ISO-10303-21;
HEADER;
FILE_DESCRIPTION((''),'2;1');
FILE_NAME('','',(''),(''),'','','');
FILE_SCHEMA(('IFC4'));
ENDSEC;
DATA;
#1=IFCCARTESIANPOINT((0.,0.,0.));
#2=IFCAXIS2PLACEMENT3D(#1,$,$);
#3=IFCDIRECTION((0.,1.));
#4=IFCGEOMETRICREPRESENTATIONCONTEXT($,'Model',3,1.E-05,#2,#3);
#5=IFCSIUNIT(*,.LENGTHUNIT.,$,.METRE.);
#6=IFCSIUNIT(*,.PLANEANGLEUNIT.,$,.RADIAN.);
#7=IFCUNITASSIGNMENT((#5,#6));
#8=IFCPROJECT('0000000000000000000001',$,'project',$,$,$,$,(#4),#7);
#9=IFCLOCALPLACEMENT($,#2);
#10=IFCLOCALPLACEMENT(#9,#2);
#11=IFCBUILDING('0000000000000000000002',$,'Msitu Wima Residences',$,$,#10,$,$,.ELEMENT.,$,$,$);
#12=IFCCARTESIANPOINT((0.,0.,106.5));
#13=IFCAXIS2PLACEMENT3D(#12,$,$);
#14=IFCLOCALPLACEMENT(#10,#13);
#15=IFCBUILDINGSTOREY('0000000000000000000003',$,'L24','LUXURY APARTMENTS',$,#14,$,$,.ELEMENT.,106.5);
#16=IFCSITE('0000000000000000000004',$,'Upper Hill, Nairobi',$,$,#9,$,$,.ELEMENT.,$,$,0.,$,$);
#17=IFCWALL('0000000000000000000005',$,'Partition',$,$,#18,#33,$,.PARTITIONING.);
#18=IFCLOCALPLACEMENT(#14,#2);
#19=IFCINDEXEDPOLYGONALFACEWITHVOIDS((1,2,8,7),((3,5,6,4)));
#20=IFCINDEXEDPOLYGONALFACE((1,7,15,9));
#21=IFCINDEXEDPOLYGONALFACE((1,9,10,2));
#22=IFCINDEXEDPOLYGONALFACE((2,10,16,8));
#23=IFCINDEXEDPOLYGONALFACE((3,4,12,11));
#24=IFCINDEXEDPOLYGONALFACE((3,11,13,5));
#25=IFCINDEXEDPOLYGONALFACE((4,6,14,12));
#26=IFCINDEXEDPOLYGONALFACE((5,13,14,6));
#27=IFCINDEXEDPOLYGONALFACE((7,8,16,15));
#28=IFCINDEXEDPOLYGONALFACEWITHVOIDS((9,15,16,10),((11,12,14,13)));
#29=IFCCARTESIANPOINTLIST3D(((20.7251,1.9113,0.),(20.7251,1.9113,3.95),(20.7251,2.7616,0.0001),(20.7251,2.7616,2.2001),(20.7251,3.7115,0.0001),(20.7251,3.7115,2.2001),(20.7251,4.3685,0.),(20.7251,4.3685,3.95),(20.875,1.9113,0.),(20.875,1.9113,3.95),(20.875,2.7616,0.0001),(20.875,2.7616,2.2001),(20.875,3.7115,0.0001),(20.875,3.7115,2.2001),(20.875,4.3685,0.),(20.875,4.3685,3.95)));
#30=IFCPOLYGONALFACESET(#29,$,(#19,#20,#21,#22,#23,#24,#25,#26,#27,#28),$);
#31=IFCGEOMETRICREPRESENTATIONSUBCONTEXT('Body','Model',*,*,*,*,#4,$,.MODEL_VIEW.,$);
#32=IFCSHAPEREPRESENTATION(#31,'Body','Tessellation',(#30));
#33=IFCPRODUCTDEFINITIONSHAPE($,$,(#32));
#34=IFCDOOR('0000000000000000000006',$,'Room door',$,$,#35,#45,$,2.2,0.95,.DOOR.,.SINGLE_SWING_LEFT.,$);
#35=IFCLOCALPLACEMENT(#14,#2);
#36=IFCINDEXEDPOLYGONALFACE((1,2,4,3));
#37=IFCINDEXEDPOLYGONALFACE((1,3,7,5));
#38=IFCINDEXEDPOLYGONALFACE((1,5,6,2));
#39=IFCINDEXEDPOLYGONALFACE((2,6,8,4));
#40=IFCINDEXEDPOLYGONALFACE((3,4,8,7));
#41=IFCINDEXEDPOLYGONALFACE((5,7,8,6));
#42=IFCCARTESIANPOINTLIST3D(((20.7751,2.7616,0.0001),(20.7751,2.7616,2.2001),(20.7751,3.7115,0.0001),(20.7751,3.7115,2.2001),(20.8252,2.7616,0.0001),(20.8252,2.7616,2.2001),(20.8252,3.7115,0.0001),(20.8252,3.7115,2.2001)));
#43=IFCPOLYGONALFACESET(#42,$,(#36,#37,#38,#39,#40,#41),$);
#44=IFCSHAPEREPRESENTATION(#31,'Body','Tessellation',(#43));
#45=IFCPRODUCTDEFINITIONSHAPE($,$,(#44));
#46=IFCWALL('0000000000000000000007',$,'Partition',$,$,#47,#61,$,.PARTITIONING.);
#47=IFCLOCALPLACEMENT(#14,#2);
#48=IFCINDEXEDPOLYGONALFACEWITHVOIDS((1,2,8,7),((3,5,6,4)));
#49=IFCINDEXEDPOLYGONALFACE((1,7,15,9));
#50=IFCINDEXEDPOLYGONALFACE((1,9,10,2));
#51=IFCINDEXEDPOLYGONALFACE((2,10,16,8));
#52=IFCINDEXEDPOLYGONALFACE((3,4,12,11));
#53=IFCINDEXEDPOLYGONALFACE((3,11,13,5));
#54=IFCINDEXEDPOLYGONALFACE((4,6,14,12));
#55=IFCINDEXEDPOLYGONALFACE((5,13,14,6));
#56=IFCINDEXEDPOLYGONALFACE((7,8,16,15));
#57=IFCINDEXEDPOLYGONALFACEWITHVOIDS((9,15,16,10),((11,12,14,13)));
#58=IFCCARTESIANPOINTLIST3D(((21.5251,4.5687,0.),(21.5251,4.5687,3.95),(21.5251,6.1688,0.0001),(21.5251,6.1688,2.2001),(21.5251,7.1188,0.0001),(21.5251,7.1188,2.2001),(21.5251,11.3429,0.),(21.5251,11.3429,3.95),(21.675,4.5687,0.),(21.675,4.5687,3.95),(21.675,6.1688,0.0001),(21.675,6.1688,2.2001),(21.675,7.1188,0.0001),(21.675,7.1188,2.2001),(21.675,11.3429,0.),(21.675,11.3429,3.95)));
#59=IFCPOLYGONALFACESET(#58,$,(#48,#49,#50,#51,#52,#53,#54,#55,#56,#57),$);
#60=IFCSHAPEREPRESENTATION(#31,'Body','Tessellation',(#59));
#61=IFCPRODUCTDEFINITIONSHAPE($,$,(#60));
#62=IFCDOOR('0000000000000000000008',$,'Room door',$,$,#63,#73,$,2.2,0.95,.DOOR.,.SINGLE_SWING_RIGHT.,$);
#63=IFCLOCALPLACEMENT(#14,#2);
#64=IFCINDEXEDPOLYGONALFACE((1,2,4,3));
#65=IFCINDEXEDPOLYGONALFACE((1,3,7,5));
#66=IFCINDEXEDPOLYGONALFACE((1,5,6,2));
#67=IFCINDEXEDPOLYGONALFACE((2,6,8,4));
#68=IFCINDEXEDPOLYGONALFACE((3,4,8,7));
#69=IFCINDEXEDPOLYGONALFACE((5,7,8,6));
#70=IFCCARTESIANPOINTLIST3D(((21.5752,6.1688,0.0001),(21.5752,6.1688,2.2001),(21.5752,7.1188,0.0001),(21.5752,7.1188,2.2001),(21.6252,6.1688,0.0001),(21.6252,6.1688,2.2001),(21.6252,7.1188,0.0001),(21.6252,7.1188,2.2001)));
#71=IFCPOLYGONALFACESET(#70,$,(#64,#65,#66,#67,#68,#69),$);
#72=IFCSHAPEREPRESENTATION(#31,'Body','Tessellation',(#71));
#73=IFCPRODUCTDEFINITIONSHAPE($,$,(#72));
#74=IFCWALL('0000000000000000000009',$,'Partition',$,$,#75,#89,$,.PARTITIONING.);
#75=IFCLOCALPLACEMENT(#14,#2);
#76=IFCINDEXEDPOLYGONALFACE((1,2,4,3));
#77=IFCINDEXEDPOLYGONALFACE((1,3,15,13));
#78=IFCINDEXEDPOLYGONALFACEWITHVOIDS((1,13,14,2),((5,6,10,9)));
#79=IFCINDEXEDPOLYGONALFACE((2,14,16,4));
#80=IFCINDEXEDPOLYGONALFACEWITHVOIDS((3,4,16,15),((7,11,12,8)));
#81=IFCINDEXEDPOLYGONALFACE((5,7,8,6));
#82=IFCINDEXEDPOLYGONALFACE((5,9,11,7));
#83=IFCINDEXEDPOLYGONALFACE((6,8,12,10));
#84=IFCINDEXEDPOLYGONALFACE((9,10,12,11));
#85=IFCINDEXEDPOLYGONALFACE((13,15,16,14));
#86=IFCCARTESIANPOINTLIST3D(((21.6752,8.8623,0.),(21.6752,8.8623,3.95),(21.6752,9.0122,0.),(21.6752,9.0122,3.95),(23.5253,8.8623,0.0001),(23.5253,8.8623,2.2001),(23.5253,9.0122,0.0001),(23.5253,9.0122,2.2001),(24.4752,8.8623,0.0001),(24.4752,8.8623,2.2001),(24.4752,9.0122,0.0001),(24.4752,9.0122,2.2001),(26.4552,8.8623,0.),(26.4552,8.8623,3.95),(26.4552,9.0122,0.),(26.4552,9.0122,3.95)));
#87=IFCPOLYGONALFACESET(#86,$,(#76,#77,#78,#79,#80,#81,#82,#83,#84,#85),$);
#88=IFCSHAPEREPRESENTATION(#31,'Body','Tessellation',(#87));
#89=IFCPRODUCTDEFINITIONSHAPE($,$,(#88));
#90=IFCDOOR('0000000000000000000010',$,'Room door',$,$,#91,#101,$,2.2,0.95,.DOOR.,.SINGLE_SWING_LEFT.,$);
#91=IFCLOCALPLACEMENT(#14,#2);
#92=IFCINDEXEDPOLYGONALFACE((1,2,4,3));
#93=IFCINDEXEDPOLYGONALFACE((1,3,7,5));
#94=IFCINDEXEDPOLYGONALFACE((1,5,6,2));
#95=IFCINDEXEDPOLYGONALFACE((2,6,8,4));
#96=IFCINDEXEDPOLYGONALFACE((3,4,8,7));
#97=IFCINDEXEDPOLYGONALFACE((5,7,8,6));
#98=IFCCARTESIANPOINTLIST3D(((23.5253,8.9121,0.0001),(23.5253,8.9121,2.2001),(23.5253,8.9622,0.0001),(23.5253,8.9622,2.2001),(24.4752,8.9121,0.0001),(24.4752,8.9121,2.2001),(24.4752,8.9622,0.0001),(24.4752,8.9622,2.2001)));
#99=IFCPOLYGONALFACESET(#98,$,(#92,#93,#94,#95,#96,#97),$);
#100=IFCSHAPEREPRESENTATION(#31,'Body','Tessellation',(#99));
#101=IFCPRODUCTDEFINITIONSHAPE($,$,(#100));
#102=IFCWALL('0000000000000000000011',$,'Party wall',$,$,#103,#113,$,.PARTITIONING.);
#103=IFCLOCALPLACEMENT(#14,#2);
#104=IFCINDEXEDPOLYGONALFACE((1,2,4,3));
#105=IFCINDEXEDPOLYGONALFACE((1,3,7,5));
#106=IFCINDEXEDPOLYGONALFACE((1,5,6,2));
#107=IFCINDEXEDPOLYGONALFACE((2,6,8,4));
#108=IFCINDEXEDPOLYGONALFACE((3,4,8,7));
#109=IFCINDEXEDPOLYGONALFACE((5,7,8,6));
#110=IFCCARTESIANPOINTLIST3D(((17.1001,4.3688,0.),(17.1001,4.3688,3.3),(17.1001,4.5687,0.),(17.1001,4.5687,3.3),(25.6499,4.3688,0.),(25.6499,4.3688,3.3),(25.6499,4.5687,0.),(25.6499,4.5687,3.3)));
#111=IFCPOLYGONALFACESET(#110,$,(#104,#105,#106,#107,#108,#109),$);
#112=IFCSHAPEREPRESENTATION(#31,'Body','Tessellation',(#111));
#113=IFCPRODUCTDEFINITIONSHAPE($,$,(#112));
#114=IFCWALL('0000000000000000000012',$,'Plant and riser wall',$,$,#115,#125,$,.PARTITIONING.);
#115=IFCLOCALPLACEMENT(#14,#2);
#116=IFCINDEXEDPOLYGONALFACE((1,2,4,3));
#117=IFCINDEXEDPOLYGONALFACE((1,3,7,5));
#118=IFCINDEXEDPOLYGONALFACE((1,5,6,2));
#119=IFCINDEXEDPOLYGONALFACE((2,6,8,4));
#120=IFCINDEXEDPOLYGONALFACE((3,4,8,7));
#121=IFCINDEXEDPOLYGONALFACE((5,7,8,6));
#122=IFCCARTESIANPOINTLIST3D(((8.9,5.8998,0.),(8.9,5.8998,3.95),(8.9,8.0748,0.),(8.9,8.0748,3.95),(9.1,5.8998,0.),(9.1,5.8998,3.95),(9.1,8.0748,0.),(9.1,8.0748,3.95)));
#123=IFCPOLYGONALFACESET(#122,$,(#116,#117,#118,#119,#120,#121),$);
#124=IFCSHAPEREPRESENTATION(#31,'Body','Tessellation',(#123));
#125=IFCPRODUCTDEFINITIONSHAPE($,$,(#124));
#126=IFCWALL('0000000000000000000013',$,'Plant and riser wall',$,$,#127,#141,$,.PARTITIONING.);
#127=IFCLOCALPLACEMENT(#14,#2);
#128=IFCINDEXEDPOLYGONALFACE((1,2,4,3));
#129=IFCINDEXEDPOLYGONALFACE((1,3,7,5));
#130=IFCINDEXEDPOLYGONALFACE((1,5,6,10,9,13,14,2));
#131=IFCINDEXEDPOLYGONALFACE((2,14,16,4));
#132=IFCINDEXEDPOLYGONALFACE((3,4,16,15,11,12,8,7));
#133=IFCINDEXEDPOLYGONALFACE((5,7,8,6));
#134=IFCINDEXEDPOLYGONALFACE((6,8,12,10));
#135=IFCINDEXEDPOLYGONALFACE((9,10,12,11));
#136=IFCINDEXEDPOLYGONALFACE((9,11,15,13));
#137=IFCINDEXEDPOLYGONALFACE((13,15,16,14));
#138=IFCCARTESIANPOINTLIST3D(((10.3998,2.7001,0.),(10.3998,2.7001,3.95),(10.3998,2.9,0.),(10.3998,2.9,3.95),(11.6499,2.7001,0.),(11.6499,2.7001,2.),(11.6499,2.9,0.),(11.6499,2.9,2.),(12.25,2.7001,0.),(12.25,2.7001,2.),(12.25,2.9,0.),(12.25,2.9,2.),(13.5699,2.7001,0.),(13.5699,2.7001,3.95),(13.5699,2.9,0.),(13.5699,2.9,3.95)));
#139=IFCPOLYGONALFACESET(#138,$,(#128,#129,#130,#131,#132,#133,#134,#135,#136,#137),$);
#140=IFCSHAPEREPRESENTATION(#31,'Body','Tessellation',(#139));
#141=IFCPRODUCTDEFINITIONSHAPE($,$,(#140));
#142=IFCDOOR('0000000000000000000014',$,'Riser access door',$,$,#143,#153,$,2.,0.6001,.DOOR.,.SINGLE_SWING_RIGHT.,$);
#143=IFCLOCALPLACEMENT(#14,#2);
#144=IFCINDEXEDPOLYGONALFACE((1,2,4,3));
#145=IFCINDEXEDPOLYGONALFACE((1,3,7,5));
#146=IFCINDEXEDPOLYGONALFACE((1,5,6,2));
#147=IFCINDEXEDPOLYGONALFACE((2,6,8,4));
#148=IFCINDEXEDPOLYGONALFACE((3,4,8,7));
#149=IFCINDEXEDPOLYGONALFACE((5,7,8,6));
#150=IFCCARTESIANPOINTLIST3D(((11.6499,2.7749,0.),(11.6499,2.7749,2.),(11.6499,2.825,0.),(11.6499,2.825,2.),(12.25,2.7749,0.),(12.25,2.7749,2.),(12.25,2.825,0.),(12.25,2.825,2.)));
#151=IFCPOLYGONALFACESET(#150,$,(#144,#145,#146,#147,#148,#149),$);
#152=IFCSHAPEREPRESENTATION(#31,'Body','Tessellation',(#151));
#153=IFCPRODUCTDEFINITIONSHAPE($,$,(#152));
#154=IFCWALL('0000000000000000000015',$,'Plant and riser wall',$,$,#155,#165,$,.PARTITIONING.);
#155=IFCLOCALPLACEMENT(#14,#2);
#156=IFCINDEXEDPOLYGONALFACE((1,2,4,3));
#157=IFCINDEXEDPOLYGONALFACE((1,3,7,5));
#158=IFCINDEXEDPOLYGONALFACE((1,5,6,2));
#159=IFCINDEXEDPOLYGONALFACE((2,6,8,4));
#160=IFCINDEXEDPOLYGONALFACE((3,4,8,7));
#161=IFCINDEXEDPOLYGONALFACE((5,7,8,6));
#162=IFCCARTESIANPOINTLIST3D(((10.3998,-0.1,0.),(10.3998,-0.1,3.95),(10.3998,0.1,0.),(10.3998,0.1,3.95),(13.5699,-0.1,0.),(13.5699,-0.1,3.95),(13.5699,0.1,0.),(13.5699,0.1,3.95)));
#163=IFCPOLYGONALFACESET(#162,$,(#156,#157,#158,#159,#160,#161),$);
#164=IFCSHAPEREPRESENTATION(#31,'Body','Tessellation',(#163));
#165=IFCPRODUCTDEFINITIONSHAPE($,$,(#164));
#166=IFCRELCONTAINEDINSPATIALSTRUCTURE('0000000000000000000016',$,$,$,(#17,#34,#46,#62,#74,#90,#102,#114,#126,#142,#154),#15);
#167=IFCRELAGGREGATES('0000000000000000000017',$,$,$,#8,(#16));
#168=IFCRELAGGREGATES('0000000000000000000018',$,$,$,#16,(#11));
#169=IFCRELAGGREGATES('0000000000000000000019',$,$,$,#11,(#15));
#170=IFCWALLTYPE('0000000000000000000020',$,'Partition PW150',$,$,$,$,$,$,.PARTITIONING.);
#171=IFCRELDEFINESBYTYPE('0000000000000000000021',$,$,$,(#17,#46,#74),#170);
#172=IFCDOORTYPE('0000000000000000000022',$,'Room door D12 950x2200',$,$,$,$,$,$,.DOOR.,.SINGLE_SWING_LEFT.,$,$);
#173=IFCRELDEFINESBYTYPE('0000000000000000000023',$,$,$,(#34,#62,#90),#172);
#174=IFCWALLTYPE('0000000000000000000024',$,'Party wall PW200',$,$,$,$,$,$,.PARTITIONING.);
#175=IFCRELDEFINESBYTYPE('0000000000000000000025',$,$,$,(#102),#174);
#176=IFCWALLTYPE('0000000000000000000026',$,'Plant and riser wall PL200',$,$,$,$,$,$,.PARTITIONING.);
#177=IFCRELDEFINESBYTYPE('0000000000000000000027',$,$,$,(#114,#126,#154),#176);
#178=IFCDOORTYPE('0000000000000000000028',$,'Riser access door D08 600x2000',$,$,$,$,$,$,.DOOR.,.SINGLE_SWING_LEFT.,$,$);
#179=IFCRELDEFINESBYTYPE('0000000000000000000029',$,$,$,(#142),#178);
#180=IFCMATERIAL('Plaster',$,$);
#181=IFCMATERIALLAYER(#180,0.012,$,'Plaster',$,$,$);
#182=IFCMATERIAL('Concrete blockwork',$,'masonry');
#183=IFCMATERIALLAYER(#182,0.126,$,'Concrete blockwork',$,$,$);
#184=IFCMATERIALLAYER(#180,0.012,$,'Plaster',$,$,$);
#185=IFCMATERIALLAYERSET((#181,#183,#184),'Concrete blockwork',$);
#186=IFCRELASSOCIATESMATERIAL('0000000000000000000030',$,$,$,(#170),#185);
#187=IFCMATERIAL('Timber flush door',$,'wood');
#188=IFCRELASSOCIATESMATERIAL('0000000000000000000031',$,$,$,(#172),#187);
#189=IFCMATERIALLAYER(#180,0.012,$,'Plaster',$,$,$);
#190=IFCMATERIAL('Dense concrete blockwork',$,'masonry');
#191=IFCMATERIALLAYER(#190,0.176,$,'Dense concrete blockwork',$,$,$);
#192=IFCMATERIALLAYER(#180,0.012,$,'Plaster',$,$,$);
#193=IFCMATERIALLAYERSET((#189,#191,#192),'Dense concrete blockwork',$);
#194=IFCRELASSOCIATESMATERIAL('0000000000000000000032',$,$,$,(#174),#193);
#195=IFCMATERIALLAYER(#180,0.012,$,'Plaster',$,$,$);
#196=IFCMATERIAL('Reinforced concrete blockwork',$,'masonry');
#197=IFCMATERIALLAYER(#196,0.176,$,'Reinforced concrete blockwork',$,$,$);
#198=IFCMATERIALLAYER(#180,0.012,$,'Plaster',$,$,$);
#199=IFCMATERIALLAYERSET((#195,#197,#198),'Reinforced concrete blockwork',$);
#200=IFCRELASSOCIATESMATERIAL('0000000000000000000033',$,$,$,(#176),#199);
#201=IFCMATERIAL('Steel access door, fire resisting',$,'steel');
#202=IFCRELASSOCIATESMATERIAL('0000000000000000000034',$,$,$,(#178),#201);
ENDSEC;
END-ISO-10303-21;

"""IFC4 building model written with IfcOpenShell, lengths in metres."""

from ifc_helpers import new_model, si_unit, direction, frame, frame_2d, origin, place, context, subcontext, project, spatial, rectangle, extrude, material, layer, layer_set, type_object, element, fill, save


model = new_model("IFC4")

# Units and contexts
model_context = context("Model", 3, precision=1e-05, world=origin(), true_north=direction((0.0, 1.0)))
body_context = subcontext(model_context, "Body", "Model", "MODEL_VIEW")
ifc_project = project(units=[si_unit("LENGTHUNIT", "METRE"), si_unit("PLANEANGLEUNIT", "RADIAN")], contexts=[model_context])

# Site, building, storey
site_placement = place(None, origin())
site = spatial("IfcSite", under=ifc_project, at=site_placement, Name="Upper Hill, Nairobi", CompositionType="ELEMENT", RefElevation=0.0)
building_placement = place(site_placement, origin())
building = spatial("IfcBuilding", under=site, at=building_placement, Name="Msitu Wima Residences", CompositionType="ELEMENT")
storey_placement = place(building_placement, frame((0.0, 0.0, 106.5)))
storey = spatial("IfcBuildingStorey", under=building, at=storey_placement, Name="L24", Description="LUXURY APARTMENTS", CompositionType="ELEMENT", Elevation=106.5)

# Walls, openings, doors
ifc_material_1 = material(Name="Plaster")
ifc_material_2 = material(Name="Concrete blockwork", Category="masonry")
ifc_material_3 = material(Name="Timber flush door", Category="wood")
ifc_layer_1 = layer(ifc_material_1, 0.012, Name="Plaster")
ifc_layer_2 = layer(ifc_material_2, 0.126, Name="Concrete blockwork")
ifc_layer_3 = layer(ifc_material_1, 0.012, Name="Plaster")
ifc_layer_set_1 = layer_set([ifc_layer_1, ifc_layer_2, ifc_layer_3], Name="Concrete blockwork")
wall_type_1 = type_object("IfcWallType", Name="Partition PW150", PredefinedType="PARTITIONING", material=ifc_layer_set_1)
wall_1_placement = place(storey_placement, frame((20.8, 1.9114, 0.0), z_axis=(0.0, 0.0, 1.0), x_axis=(0.0, 1.0, 0.0)))
wall_1 = element("IfcWall", 1, at=wall_1_placement, inside=storey, type_object=wall_type_1, Name="Partition", PredefinedType="PARTITIONING", context=body_context, shape_type="SweptSolid", body=[
    extrude(rectangle(XDim=2.4573, YDim=0.1499, at=frame_2d((1.2285, 0.0))), origin(), (0.0, 0.0, 1.0), 3.95),
])
opening_1_placement = place(wall_1_placement, frame((0.8501, 0.0, 0.0)))
opening_1 = element("IfcOpeningElement", 2, at=opening_1_placement, cuts=wall_1, PredefinedType="OPENING", context=body_context, shape_type="SweptSolid", body=[
    extrude(rectangle(XDim=0.95, YDim=2.2, at=frame_2d((0.4751, 1.1001))), frame((0.0, 0.085, 0.0), z_axis=(0.0, -1.0, 0.0), x_axis=(1.0, 0.0, 0.0)), (0.0, 0.0, 1.0), 0.1699),
])
door_type_1 = type_object("IfcDoorType", Name="Room door D12 950x2200", OperationType="SINGLE_SWING_LEFT", PredefinedType="DOOR", material=ifc_material_3)
door_1_placement = place(opening_1_placement, origin())
door_1 = element("IfcDoor", 3, at=door_1_placement, inside=storey, type_object=door_type_1, Name="Room door", OperationType="SINGLE_SWING_LEFT", OverallHeight=2.2, OverallWidth=0.95, PredefinedType="DOOR", context=body_context, shape_type="SweptSolid", body=[
    extrude(rectangle(XDim=0.95, YDim=2.2, at=frame_2d((0.4751, 1.1001))), frame((0.0, 0.0249, 0.0), z_axis=(0.0, -1.0, 0.0), x_axis=(1.0, 0.0, 0.0)), (0.0, 0.0, 1.0), 0.05),
])
fill(opening_1, door_1)
wall_2_placement = place(storey_placement, frame((21.6001, 4.5686, 0.0), z_axis=(0.0, 0.0, 1.0), x_axis=(0.0, 1.0, 0.0)))
wall_2 = element("IfcWall", 4, at=wall_2_placement, inside=storey, type_object=wall_type_1, Name="Partition", PredefinedType="PARTITIONING", context=body_context, shape_type="SweptSolid", body=[
    extrude(rectangle(XDim=6.7742, YDim=0.1499, at=frame_2d((3.3872, 0.0))), origin(), (0.0, 0.0, 1.0), 3.95),
])
opening_2_placement = place(wall_2_placement, frame((1.6001, 0.0, 0.0)))
opening_2 = element("IfcOpeningElement", 5, at=opening_2_placement, cuts=wall_2, PredefinedType="OPENING", context=body_context, shape_type="SweptSolid", body=[
    extrude(rectangle(XDim=0.95, YDim=2.2, at=frame_2d((0.4751, 1.1001))), frame((0.0, 0.085, 0.0), z_axis=(0.0, -1.0, 0.0), x_axis=(1.0, 0.0, 0.0)), (0.0, 0.0, 1.0), 0.1699),
])
door_2_placement = place(opening_2_placement, origin())
door_2 = element("IfcDoor", 6, at=door_2_placement, inside=storey, type_object=door_type_1, Name="Room door", OperationType="SINGLE_SWING_RIGHT", OverallHeight=2.2, OverallWidth=0.95, PredefinedType="DOOR", context=body_context, shape_type="SweptSolid", body=[
    extrude(rectangle(XDim=0.95, YDim=2.2, at=frame_2d((0.4751, 1.1001))), frame((0.0, 0.0249, 0.0), z_axis=(0.0, -1.0, 0.0), x_axis=(1.0, 0.0, 0.0)), (0.0, 0.0, 1.0), 0.05),
])
fill(opening_2, door_2)
wall_3_placement = place(storey_placement, frame((21.675, 8.9373, 0.0), z_axis=(0.0, 0.0, 1.0), x_axis=(1.0, 0.0, 0.0)))
wall_3 = element("IfcWall", 7, at=wall_3_placement, inside=storey, type_object=wall_type_1, Name="Partition", PredefinedType="PARTITIONING", context=body_context, shape_type="SweptSolid", body=[
    extrude(rectangle(XDim=4.78, YDim=0.1499, at=frame_2d((2.3901, 0.0))), origin(), (0.0, 0.0, 1.0), 3.95),
])
opening_3_placement = place(wall_3_placement, frame((1.8501, 0.0, 0.0)))
opening_3 = element("IfcOpeningElement", 8, at=opening_3_placement, cuts=wall_3, PredefinedType="OPENING", context=body_context, shape_type="SweptSolid", body=[
    extrude(rectangle(XDim=0.95, YDim=2.2, at=frame_2d((0.4751, 1.1001))), frame((0.0, 0.085, 0.0), z_axis=(0.0, -1.0, 0.0), x_axis=(1.0, 0.0, 0.0)), (0.0, 0.0, 1.0), 0.1699),
])
door_3_placement = place(opening_3_placement, origin())
door_3 = element("IfcDoor", 9, at=door_3_placement, inside=storey, type_object=door_type_1, Name="Room door", OperationType="SINGLE_SWING_LEFT", OverallHeight=2.2, OverallWidth=0.95, PredefinedType="DOOR", context=body_context, shape_type="SweptSolid", body=[
    extrude(rectangle(XDim=0.95, YDim=2.2, at=frame_2d((0.4751, 1.1001))), frame((0.0, 0.0249, 0.0), z_axis=(0.0, -1.0, 0.0), x_axis=(1.0, 0.0, 0.0)), (0.0, 0.0, 1.0), 0.05),
])
fill(opening_3, door_3)

# Walls
ifc_layer_4 = layer(ifc_material_1, 0.012, Name="Plaster")
ifc_material_4 = material(Name="Dense concrete blockwork", Category="masonry")
ifc_layer_5 = layer(ifc_material_4, 0.176, Name="Dense concrete blockwork")
ifc_layer_6 = layer(ifc_material_1, 0.012, Name="Plaster")
ifc_layer_set_2 = layer_set([ifc_layer_4, ifc_layer_5, ifc_layer_6], Name="Dense concrete blockwork")
wall_type_2 = type_object("IfcWallType", Name="Party wall PW200", PredefinedType="PARTITIONING", material=ifc_layer_set_2)
wall_4_placement = place(storey_placement, frame((17.1001, 4.4688, 0.0), z_axis=(0.0, 0.0, 1.0), x_axis=(1.0, 0.0, 0.0)))
element("IfcWall", 10, at=wall_4_placement, inside=storey, type_object=wall_type_2, Name="Party wall", PredefinedType="PARTITIONING", context=body_context, shape_type="SweptSolid", body=[
    extrude(rectangle(XDim=8.5498, YDim=0.2, at=frame_2d((4.2749, 0.0))), origin(), (0.0, 0.0, 1.0), 3.3),
])
ifc_layer_7 = layer(ifc_material_1, 0.012, Name="Plaster")
ifc_material_5 = material(Name="Reinforced concrete blockwork", Category="masonry")
ifc_layer_8 = layer(ifc_material_5, 0.176, Name="Reinforced concrete blockwork")
ifc_layer_9 = layer(ifc_material_1, 0.012, Name="Plaster")
ifc_layer_set_3 = layer_set([ifc_layer_7, ifc_layer_8, ifc_layer_9], Name="Reinforced concrete blockwork")
wall_type_3 = type_object("IfcWallType", Name="Plant and riser wall PL200", PredefinedType="PARTITIONING", material=ifc_layer_set_3)
wall_5_placement = place(storey_placement, frame((9.0, 5.8999, 0.0), z_axis=(0.0, 0.0, 1.0), x_axis=(0.0, 1.0, 0.0)))
element("IfcWall", 11, at=wall_5_placement, inside=storey, type_object=wall_type_3, Name="Plant and riser wall", PredefinedType="PARTITIONING", context=body_context, shape_type="SweptSolid", body=[
    extrude(rectangle(XDim=2.175, YDim=0.2, at=frame_2d((1.0874, 0.0))), origin(), (0.0, 0.0, 1.0), 3.95),
])

# Wall, opening, door
wall_6_placement = place(storey_placement, frame((10.3999, 2.8, 0.0), z_axis=(0.0, 0.0, 1.0), x_axis=(1.0, 0.0, 0.0)))
wall_6 = element("IfcWall", 12, at=wall_6_placement, inside=storey, type_object=wall_type_3, Name="Plant and riser wall", PredefinedType="PARTITIONING", context=body_context, shape_type="SweptSolid", body=[
    extrude(rectangle(XDim=3.1702, YDim=0.2, at=frame_2d((1.585, 0.0))), origin(), (0.0, 0.0, 1.0), 3.95),
])
opening_4_placement = place(wall_6_placement, frame((1.25, 0.0, 0.0)))
opening_4 = element("IfcOpeningElement", 13, at=opening_4_placement, cuts=wall_6, PredefinedType="OPENING", context=body_context, shape_type="SweptSolid", body=[
    extrude(rectangle(XDim=0.6001, YDim=2.0, at=frame_2d((0.3, 1.0))), frame((0.0, 0.1099, 0.0), z_axis=(0.0, -1.0, 0.0), x_axis=(1.0, 0.0, 0.0)), (0.0, 0.0, 1.0), 0.22),
])
ifc_material_6 = material(Name="Steel access door, fire resisting", Category="steel")
door_type_2 = type_object("IfcDoorType", Name="Riser access door D08 600x2000", OperationType="SINGLE_SWING_LEFT", PredefinedType="DOOR", material=ifc_material_6)
door_4_placement = place(opening_4_placement, origin())
door_4 = element("IfcDoor", 14, at=door_4_placement, inside=storey, type_object=door_type_2, Name="Riser access door", OperationType="SINGLE_SWING_RIGHT", OverallHeight=2.0, OverallWidth=0.6001, PredefinedType="DOOR", context=body_context, shape_type="SweptSolid", body=[
    extrude(rectangle(XDim=0.6001, YDim=2.0, at=frame_2d((0.3, 1.0))), frame((0.0, 0.0249, 0.0), z_axis=(0.0, -1.0, 0.0), x_axis=(1.0, 0.0, 0.0)), (0.0, 0.0, 1.0), 0.05),
])
fill(opening_4, door_4)

# Wall
wall_7_placement = place(storey_placement, frame((10.3999, 0.0, 0.0), z_axis=(0.0, 0.0, 1.0), x_axis=(1.0, 0.0, 0.0)))
element("IfcWall", 15, at=wall_7_placement, inside=storey, type_object=wall_type_3, Name="Plant and riser wall", PredefinedType="PARTITIONING", context=body_context, shape_type="SweptSolid", body=[
    extrude(rectangle(XDim=3.1702, YDim=0.2, at=frame_2d((1.585, 0.0))), origin(), (0.0, 0.0, 1.0), 3.95),
])

save(model, "model.ifc")
